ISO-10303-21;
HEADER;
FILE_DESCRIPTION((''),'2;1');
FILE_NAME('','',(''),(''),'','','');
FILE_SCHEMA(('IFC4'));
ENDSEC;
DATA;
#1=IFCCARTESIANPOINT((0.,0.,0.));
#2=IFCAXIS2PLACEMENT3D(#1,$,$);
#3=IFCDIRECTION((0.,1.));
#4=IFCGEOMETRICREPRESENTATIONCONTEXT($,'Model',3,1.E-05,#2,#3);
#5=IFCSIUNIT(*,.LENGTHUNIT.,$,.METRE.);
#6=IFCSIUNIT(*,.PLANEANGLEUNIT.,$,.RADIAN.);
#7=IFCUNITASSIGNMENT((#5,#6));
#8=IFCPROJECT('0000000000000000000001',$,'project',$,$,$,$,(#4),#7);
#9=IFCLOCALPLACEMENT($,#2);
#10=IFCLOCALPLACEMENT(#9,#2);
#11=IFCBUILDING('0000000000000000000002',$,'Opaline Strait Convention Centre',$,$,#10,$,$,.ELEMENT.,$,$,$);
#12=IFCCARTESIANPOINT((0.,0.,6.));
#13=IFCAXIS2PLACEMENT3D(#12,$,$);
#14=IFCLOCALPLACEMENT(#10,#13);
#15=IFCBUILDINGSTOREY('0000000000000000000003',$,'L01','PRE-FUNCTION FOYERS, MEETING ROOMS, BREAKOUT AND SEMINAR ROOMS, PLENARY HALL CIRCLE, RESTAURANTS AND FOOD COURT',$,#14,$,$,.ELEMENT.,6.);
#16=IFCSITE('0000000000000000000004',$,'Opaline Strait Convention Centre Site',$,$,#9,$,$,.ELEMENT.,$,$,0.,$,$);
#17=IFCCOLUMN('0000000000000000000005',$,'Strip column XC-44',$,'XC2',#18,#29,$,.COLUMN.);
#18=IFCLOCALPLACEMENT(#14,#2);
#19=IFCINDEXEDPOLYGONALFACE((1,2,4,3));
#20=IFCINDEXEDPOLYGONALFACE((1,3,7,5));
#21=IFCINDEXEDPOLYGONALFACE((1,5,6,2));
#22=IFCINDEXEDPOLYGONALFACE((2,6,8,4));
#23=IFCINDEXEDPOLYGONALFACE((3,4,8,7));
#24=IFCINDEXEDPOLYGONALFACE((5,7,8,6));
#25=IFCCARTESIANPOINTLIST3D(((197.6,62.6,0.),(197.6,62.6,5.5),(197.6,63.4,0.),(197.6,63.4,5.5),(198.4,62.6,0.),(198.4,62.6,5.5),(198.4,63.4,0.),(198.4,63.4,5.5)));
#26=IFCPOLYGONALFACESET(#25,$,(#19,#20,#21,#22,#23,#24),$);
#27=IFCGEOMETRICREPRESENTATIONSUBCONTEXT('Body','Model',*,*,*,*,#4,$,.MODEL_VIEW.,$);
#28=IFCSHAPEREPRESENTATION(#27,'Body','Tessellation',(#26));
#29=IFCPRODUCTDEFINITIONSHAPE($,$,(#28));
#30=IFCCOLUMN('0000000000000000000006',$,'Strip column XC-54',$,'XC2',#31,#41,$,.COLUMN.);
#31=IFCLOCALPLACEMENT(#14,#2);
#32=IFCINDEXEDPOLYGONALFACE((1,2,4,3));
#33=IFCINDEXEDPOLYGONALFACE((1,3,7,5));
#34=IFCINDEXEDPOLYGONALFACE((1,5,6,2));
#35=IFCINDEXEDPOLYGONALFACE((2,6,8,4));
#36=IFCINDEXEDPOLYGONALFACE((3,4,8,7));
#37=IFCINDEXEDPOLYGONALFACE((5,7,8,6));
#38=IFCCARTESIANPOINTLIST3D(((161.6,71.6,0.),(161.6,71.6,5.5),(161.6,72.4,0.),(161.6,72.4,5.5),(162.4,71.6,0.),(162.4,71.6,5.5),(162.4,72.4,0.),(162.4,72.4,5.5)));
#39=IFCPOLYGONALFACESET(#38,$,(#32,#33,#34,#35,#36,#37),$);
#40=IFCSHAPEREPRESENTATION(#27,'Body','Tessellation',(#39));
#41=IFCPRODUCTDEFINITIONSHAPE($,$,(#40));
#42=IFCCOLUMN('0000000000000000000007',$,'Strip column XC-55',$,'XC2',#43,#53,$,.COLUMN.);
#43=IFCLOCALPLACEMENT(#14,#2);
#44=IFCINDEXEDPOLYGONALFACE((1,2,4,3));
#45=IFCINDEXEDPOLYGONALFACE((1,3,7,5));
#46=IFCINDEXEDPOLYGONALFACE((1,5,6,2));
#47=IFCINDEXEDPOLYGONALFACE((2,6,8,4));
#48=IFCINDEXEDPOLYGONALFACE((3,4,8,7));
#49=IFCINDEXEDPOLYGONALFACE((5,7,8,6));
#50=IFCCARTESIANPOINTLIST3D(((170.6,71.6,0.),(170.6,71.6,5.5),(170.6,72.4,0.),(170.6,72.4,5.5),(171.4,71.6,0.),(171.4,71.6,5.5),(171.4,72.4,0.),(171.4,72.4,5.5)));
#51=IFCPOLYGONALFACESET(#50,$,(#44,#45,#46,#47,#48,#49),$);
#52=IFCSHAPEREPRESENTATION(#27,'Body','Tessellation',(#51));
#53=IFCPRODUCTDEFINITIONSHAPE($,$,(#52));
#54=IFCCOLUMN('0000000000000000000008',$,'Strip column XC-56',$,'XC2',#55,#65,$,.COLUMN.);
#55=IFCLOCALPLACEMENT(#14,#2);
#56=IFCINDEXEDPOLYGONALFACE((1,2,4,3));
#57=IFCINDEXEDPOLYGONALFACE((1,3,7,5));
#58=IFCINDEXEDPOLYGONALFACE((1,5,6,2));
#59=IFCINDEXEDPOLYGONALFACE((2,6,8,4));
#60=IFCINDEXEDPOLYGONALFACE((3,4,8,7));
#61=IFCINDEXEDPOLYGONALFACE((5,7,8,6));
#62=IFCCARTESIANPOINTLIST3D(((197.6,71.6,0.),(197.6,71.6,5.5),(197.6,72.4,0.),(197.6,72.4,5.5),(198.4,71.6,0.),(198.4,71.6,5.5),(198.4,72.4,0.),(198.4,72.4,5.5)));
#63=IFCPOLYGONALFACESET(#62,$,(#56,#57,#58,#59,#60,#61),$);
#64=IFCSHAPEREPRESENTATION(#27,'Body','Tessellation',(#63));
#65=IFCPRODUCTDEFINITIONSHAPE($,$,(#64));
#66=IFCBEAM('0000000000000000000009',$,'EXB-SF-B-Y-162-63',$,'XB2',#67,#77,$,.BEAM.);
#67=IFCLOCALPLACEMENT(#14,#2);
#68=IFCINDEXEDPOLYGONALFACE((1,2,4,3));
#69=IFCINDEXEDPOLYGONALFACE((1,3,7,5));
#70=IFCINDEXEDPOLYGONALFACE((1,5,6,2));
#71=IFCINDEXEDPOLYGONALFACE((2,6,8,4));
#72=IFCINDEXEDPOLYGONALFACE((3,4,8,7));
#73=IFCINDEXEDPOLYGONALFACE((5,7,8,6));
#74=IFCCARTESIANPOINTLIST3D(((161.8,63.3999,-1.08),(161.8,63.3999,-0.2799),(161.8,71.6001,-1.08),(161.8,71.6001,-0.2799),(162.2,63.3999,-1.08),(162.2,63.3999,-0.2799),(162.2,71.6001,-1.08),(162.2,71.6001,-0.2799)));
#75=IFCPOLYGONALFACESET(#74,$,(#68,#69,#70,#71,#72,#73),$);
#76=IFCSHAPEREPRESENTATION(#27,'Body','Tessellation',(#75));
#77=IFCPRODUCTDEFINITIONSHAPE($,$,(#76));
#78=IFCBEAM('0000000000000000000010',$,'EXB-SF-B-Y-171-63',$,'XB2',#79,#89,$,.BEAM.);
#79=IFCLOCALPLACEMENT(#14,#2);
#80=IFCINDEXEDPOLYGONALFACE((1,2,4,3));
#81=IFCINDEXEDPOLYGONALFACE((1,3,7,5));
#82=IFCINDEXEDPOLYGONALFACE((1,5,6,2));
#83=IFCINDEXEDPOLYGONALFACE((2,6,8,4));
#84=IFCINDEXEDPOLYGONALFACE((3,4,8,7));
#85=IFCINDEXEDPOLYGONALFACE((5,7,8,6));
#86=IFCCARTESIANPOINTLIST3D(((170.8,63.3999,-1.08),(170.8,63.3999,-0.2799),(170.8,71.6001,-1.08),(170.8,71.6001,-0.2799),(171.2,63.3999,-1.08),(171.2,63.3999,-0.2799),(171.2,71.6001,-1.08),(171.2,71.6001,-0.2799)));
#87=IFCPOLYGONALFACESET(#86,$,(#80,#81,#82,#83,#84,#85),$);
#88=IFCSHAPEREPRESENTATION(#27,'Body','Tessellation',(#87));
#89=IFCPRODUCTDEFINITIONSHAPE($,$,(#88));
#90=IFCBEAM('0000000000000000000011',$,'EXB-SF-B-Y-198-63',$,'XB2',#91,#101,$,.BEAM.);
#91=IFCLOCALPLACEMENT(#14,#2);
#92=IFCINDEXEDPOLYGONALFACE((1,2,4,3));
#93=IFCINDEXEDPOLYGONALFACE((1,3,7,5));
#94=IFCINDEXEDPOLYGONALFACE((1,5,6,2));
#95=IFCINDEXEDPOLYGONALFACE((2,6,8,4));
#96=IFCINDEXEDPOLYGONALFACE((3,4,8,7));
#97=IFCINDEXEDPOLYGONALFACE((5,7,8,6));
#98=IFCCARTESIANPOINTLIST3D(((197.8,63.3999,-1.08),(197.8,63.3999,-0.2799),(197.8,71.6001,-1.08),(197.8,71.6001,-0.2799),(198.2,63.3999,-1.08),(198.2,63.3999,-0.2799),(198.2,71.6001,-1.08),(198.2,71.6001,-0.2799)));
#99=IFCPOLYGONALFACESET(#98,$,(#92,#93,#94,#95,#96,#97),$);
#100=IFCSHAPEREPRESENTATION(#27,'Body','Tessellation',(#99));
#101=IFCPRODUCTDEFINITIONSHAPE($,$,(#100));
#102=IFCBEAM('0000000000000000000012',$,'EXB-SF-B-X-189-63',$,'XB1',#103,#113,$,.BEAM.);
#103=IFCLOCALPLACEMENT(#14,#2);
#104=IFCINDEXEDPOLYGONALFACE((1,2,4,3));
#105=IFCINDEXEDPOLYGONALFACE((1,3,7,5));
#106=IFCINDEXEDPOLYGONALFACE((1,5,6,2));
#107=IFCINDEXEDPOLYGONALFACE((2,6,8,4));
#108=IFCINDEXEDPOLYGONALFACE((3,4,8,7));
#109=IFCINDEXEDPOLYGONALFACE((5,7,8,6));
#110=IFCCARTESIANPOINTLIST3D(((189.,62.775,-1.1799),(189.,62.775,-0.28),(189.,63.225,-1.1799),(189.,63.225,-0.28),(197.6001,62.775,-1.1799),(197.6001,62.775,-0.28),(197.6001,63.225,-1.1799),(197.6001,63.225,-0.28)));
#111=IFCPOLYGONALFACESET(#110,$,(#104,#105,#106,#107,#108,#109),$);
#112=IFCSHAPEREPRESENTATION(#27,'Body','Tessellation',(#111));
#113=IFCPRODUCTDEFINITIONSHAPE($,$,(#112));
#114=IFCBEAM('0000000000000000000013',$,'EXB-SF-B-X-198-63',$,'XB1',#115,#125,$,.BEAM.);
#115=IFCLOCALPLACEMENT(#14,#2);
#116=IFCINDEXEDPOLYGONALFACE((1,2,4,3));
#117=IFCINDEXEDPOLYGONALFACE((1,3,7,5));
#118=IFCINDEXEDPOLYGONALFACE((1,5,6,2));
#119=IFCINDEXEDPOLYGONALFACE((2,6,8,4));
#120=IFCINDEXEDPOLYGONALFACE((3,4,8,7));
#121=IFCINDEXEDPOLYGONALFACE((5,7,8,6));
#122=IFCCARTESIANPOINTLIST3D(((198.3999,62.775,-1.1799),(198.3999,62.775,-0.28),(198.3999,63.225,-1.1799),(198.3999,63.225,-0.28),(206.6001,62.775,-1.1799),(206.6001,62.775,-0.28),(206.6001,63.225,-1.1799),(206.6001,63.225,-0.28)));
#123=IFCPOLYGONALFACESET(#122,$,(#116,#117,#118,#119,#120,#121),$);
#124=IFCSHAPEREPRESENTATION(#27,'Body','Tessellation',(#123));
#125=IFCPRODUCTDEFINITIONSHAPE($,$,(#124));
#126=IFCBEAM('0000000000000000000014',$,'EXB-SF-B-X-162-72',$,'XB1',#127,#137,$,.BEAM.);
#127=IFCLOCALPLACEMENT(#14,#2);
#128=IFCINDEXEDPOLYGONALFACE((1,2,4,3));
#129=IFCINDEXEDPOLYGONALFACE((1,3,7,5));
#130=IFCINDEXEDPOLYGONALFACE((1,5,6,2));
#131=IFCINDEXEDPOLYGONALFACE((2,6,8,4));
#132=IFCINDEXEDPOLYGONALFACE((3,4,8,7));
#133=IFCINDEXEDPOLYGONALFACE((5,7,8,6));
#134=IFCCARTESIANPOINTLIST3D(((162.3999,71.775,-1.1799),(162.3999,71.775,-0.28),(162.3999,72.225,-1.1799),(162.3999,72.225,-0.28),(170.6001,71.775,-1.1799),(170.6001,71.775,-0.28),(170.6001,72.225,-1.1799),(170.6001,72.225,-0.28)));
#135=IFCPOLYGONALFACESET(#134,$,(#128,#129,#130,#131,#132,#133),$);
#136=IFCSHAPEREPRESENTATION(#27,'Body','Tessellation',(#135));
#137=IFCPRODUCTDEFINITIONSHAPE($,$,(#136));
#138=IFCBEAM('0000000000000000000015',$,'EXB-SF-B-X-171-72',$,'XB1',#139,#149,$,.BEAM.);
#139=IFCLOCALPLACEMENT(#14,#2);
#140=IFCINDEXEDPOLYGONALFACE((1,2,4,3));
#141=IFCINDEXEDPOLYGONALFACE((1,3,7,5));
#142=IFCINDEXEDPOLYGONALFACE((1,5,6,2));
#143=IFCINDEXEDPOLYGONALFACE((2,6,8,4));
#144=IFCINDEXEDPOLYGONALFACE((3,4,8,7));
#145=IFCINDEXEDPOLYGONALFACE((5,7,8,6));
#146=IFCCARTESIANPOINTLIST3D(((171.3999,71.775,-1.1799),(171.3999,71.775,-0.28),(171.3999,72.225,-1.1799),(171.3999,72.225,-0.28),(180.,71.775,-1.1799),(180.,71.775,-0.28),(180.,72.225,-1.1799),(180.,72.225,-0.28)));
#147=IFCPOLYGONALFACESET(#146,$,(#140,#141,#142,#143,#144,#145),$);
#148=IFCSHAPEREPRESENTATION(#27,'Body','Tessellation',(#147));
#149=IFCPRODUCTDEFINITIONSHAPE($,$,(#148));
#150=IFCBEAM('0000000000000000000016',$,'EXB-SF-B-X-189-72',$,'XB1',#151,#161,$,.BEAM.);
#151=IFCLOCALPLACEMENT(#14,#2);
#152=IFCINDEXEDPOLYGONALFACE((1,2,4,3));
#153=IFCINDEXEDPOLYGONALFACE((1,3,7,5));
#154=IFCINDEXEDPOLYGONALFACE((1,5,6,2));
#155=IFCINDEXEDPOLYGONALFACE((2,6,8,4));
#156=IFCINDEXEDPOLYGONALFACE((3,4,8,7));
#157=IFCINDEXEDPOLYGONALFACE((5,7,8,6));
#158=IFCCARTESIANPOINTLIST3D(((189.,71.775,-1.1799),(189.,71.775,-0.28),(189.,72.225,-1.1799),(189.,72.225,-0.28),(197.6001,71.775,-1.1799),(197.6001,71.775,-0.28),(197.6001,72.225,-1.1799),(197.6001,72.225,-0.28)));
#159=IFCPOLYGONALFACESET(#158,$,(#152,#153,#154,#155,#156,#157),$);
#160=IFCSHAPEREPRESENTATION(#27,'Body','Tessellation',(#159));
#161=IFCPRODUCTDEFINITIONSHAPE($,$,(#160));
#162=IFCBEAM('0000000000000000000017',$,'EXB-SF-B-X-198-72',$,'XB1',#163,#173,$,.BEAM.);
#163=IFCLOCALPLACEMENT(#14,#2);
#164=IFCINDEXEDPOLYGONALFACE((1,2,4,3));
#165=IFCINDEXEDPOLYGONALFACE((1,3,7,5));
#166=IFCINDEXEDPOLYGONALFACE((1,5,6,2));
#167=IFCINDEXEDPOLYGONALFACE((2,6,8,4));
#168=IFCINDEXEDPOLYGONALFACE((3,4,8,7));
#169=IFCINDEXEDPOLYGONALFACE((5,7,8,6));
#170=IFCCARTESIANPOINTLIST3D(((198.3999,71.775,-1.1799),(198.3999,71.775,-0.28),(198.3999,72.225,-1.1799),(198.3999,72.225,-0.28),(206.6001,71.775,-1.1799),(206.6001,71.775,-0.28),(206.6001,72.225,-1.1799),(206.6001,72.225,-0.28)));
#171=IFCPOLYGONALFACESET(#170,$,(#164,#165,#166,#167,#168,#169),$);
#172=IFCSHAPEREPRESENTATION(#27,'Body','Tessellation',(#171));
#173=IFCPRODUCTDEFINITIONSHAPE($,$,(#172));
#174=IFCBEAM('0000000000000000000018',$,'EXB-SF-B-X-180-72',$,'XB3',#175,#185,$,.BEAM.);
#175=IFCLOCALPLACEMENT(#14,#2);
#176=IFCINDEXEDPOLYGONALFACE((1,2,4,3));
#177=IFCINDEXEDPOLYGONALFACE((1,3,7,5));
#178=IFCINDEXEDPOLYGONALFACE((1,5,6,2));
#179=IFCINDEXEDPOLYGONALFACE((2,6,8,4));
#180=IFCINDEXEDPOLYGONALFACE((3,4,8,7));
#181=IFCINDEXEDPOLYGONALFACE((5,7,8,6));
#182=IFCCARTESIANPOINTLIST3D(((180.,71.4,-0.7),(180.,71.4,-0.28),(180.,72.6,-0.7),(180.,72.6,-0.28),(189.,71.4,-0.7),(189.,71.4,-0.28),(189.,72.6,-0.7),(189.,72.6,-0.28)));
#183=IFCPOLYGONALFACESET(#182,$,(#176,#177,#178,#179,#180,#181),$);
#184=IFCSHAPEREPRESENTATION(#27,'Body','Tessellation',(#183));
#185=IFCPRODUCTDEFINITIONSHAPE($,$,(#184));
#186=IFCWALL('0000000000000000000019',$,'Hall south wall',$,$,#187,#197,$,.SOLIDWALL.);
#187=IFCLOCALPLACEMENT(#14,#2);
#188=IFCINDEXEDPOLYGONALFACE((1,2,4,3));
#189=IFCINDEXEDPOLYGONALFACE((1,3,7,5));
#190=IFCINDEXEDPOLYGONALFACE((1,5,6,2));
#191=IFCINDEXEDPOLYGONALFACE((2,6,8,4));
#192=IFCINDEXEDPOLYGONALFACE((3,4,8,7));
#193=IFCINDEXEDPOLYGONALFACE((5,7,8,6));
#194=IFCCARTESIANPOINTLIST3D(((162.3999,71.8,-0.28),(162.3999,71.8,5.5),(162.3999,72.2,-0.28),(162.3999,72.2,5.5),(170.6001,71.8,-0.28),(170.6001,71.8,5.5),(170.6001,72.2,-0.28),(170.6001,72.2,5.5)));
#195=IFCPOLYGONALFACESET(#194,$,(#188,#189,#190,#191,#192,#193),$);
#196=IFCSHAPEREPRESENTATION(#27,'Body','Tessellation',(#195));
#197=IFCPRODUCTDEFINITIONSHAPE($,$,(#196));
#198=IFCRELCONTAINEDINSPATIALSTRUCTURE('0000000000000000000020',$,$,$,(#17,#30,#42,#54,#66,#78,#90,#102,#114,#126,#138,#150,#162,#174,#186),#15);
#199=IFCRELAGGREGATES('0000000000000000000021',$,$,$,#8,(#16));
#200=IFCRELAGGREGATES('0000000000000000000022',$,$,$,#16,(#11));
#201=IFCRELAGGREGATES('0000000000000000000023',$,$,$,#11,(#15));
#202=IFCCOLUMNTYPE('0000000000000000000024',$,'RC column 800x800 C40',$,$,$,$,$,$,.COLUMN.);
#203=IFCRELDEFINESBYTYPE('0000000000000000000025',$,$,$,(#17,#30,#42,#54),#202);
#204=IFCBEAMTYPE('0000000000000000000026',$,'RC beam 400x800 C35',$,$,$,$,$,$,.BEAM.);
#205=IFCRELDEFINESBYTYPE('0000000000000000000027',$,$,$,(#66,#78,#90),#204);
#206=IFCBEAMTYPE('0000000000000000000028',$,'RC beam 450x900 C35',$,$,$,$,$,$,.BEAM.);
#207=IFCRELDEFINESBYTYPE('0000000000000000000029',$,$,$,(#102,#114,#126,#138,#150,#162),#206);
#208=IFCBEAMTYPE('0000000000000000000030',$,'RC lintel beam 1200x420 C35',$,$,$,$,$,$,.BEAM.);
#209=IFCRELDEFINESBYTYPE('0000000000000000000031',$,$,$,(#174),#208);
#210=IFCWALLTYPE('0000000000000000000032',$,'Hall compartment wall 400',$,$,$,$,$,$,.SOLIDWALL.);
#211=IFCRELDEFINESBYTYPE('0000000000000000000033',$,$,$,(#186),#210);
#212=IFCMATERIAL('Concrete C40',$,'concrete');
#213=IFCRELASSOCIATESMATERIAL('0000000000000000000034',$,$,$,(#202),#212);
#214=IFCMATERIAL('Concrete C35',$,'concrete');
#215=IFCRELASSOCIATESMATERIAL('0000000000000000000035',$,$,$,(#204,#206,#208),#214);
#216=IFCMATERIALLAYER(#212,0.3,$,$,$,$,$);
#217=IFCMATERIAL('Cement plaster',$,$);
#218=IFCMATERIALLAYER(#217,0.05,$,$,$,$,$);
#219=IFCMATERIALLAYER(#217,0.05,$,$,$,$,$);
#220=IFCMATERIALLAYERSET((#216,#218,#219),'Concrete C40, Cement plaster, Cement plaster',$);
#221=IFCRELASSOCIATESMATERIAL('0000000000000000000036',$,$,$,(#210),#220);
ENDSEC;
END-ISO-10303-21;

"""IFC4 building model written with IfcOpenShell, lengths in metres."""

from ifc_helpers import new_model, si_unit, direction, frame, frame_2d, origin, origin_2d, place, context, subcontext, project, spatial, rectangle, extrude, material, layer, layer_set, material_profile, profile_set, type_object, element, save


model = new_model("IFC4")

# Units and contexts
model_context = context("Model", 3, precision=1e-05, world=origin(), true_north=direction((0.0, 1.0)))
body_context = subcontext(model_context, "Body", "Model", "MODEL_VIEW")
ifc_project = project(units=[si_unit("LENGTHUNIT", "METRE"), si_unit("PLANEANGLEUNIT", "RADIAN")], contexts=[model_context])

# Site, building, storey
site_placement = place(None, origin())
site = spatial("IfcSite", under=ifc_project, at=site_placement, Name="Opaline Strait Convention Centre Site", CompositionType="ELEMENT", RefElevation=0.0)
building_placement = place(site_placement, origin())
building = spatial("IfcBuilding", under=site, at=building_placement, Name="Opaline Strait Convention Centre", CompositionType="ELEMENT")
storey_placement = place(building_placement, frame((0.0, 0.0, 6.0)))
storey = spatial("IfcBuildingStorey", under=building, at=storey_placement, Name="L01", Description="PRE-FUNCTION FOYERS, MEETING ROOMS, BREAKOUT AND SEMINAR ROOMS, PLENARY HALL CIRCLE, RESTAURANTS AND FOOD COURT", CompositionType="ELEMENT", Elevation=6.0)

# Columns
ifc_material_1 = material(Name="Concrete C40", Category="concrete")
ifc_material_profile_1 = material_profile(ifc_material_1, rectangle(XDim=0.8, YDim=0.8, at=origin_2d()), Name="RC 800x800")
ifc_profile_set_1 = profile_set([ifc_material_profile_1], Name="Concrete C40")
column_type = type_object("IfcColumnType", Name="RC column 800x800 C40", PredefinedType="COLUMN", material=ifc_profile_set_1)
for number, where, z_axis, x_axis, name in (
    (1, (198.0, 63.0, 0.0), (0.0, 0.0, 1.0), (1.0, 0.0, 0.0), "Strip column XC-44"),
    (2, (162.0, 72.0, 0.0), (0.0, 0.0, 1.0), (1.0, 0.0, 0.0), "Strip column XC-54"),
    (3, (171.0, 72.0, 0.0), (0.0, 0.0, 1.0), (1.0, 0.0, 0.0), "Strip column XC-55"),
    (4, (198.0, 72.0, 0.0), (0.0, 0.0, 1.0), (1.0, 0.0, 0.0), "Strip column XC-56"),
):
    element("IfcColumn", number, at=place(storey_placement, frame(where, z_axis=z_axis, x_axis=x_axis)), inside=storey, type_object=column_type, Name=name, ObjectType="XC2", PredefinedType="COLUMN", context=body_context, shape_type="SweptSolid", body=[
        extrude(rectangle(XDim=0.8, YDim=0.8, at=origin_2d()), origin(), (0.0, 0.0, 1.0), 5.5),
    ])

# Beams
ifc_material_2 = material(Name="Concrete C35", Category="concrete")
ifc_material_profile_2 = material_profile(ifc_material_2, rectangle(XDim=0.3999, YDim=0.8, at=origin_2d()), Name="RC 400x800")
ifc_profile_set_2 = profile_set([ifc_material_profile_2], Name="Concrete C35")
beam_type_1 = type_object("IfcBeamType", Name="RC beam 400x800 C35", PredefinedType="BEAM", material=ifc_profile_set_2)
for number, where, z_axis, x_axis, name in (
    (5, (162.0, 63.3999, -0.6799), (0.0, 1.0, 0.0), (-1.0, 0.0, 0.0), "EXB-SF-B-Y-162-63"),
    (6, (171.0, 63.3999, -0.6799), (0.0, 1.0, 0.0), (-1.0, 0.0, 0.0), "EXB-SF-B-Y-171-63"),
    (7, (198.0, 63.3999, -0.6799), (0.0, 1.0, 0.0), (-1.0, 0.0, 0.0), "EXB-SF-B-Y-198-63"),
):
    element("IfcBeam", number, at=place(storey_placement, frame(where, z_axis=z_axis, x_axis=x_axis)), inside=storey, type_object=beam_type_1, Name=name, ObjectType="XB2", PredefinedType="BEAM", context=body_context, shape_type="SweptSolid", body=[
        extrude(rectangle(XDim=0.3999, YDim=0.8, at=origin_2d()), origin(), (0.0, 0.0, 1.0), 8.2002),
    ])
ifc_material_profile_3 = material_profile(ifc_material_2, rectangle(XDim=0.45, YDim=0.8999, at=origin_2d()), Name="RC 450x900")
ifc_profile_set_3 = profile_set([ifc_material_profile_3], Name="Concrete C35")
beam_type_2 = type_object("IfcBeamType", Name="RC beam 450x900 C35", PredefinedType="BEAM", material=ifc_profile_set_3)
beam_1_placement = place(storey_placement, frame((189.0, 63.0, -0.73), z_axis=(1.0, 0.0, 0.0), x_axis=(0.0, 1.0, 0.0)))
element("IfcBeam", 8, at=beam_1_placement, inside=storey, type_object=beam_type_2, Name="EXB-SF-B-X-189-63", ObjectType="XB1", PredefinedType="BEAM", context=body_context, shape_type="SweptSolid", body=[
    extrude(rectangle(XDim=0.45, YDim=0.8999, at=origin_2d()), origin(), (0.0, 0.0, 1.0), 8.6001),
])
for number, where, z_axis, x_axis, name in (
    (9, (198.3999, 63.0, -0.73), (1.0, 0.0, 0.0), (0.0, 1.0, 0.0), "EXB-SF-B-X-198-63"),
    (10, (162.3999, 72.0, -0.73), (1.0, 0.0, 0.0), (0.0, 1.0, 0.0), "EXB-SF-B-X-162-72"),
):
    element("IfcBeam", number, at=place(storey_placement, frame(where, z_axis=z_axis, x_axis=x_axis)), inside=storey, type_object=beam_type_2, Name=name, ObjectType="XB1", PredefinedType="BEAM", context=body_context, shape_type="SweptSolid", body=[
        extrude(rectangle(XDim=0.45, YDim=0.8999, at=origin_2d()), origin(), (0.0, 0.0, 1.0), 8.2002),
    ])
for number, where, z_axis, x_axis, name in (
    (11, (171.3999, 72.0, -0.73), (1.0, 0.0, 0.0), (0.0, 1.0, 0.0), "EXB-SF-B-X-171-72"),
    (12, (189.0, 72.0, -0.73), (1.0, 0.0, 0.0), (0.0, 1.0, 0.0), "EXB-SF-B-X-189-72"),
):
    element("IfcBeam", number, at=place(storey_placement, frame(where, z_axis=z_axis, x_axis=x_axis)), inside=storey, type_object=beam_type_2, Name=name, ObjectType="XB1", PredefinedType="BEAM", context=body_context, shape_type="SweptSolid", body=[
        extrude(rectangle(XDim=0.45, YDim=0.8999, at=origin_2d()), origin(), (0.0, 0.0, 1.0), 8.6001),
    ])
beam_2_placement = place(storey_placement, frame((198.3999, 72.0, -0.73), z_axis=(1.0, 0.0, 0.0), x_axis=(0.0, 1.0, 0.0)))
element("IfcBeam", 13, at=beam_2_placement, inside=storey, type_object=beam_type_2, Name="EXB-SF-B-X-198-72", ObjectType="XB1", PredefinedType="BEAM", context=body_context, shape_type="SweptSolid", body=[
    extrude(rectangle(XDim=0.45, YDim=0.8999, at=origin_2d()), origin(), (0.0, 0.0, 1.0), 8.2002),
])
ifc_material_profile_4 = material_profile(ifc_material_2, rectangle(XDim=1.2, YDim=0.4199, at=origin_2d()), Name="RC 1200x420")
ifc_profile_set_4 = profile_set([ifc_material_profile_4], Name="Concrete C35")
beam_type_3 = type_object("IfcBeamType", Name="RC lintel beam 1200x420 C35", PredefinedType="BEAM", material=ifc_profile_set_4)
beam_3_placement = place(storey_placement, frame((180.0, 72.0, -0.49), z_axis=(1.0, 0.0, 0.0), x_axis=(0.0, 1.0, 0.0)))
element("IfcBeam", 14, at=beam_3_placement, inside=storey, type_object=beam_type_3, Name="EXB-SF-B-X-180-72", ObjectType="XB3", PredefinedType="BEAM", context=body_context, shape_type="SweptSolid", body=[
    extrude(rectangle(XDim=1.2, YDim=0.4199, at=origin_2d()), origin(), (0.0, 0.0, 1.0), 9.0),
])

# Wall
ifc_layer_1 = layer(ifc_material_1, 0.3)
ifc_material_3 = material(Name="Cement plaster")
ifc_layer_2 = layer(ifc_material_3, 0.05)
ifc_layer_3 = layer(ifc_material_3, 0.05)
ifc_layer_set_1 = layer_set([ifc_layer_1, ifc_layer_2, ifc_layer_3], Name="Concrete C40, Cement plaster, Cement plaster")
wall_type_1 = type_object("IfcWallType", Name="Hall compartment wall 400", PredefinedType="SOLIDWALL", material=ifc_layer_set_1)
wall_1_placement = place(storey_placement, frame((162.3999, 72.0, -0.28), z_axis=(0.0, 0.0, 1.0), x_axis=(1.0, 0.0, 0.0)))
element("IfcWall", 15, at=wall_1_placement, inside=storey, type_object=wall_type_1, Name="Hall south wall", PredefinedType="SOLIDWALL", context=body_context, shape_type="SweptSolid", body=[
    extrude(rectangle(XDim=8.2002, YDim=0.3999, at=frame_2d((4.1001, 0.0))), origin(), (0.0, 0.0, 1.0), 5.78),
])

save(model, "model.ifc")
